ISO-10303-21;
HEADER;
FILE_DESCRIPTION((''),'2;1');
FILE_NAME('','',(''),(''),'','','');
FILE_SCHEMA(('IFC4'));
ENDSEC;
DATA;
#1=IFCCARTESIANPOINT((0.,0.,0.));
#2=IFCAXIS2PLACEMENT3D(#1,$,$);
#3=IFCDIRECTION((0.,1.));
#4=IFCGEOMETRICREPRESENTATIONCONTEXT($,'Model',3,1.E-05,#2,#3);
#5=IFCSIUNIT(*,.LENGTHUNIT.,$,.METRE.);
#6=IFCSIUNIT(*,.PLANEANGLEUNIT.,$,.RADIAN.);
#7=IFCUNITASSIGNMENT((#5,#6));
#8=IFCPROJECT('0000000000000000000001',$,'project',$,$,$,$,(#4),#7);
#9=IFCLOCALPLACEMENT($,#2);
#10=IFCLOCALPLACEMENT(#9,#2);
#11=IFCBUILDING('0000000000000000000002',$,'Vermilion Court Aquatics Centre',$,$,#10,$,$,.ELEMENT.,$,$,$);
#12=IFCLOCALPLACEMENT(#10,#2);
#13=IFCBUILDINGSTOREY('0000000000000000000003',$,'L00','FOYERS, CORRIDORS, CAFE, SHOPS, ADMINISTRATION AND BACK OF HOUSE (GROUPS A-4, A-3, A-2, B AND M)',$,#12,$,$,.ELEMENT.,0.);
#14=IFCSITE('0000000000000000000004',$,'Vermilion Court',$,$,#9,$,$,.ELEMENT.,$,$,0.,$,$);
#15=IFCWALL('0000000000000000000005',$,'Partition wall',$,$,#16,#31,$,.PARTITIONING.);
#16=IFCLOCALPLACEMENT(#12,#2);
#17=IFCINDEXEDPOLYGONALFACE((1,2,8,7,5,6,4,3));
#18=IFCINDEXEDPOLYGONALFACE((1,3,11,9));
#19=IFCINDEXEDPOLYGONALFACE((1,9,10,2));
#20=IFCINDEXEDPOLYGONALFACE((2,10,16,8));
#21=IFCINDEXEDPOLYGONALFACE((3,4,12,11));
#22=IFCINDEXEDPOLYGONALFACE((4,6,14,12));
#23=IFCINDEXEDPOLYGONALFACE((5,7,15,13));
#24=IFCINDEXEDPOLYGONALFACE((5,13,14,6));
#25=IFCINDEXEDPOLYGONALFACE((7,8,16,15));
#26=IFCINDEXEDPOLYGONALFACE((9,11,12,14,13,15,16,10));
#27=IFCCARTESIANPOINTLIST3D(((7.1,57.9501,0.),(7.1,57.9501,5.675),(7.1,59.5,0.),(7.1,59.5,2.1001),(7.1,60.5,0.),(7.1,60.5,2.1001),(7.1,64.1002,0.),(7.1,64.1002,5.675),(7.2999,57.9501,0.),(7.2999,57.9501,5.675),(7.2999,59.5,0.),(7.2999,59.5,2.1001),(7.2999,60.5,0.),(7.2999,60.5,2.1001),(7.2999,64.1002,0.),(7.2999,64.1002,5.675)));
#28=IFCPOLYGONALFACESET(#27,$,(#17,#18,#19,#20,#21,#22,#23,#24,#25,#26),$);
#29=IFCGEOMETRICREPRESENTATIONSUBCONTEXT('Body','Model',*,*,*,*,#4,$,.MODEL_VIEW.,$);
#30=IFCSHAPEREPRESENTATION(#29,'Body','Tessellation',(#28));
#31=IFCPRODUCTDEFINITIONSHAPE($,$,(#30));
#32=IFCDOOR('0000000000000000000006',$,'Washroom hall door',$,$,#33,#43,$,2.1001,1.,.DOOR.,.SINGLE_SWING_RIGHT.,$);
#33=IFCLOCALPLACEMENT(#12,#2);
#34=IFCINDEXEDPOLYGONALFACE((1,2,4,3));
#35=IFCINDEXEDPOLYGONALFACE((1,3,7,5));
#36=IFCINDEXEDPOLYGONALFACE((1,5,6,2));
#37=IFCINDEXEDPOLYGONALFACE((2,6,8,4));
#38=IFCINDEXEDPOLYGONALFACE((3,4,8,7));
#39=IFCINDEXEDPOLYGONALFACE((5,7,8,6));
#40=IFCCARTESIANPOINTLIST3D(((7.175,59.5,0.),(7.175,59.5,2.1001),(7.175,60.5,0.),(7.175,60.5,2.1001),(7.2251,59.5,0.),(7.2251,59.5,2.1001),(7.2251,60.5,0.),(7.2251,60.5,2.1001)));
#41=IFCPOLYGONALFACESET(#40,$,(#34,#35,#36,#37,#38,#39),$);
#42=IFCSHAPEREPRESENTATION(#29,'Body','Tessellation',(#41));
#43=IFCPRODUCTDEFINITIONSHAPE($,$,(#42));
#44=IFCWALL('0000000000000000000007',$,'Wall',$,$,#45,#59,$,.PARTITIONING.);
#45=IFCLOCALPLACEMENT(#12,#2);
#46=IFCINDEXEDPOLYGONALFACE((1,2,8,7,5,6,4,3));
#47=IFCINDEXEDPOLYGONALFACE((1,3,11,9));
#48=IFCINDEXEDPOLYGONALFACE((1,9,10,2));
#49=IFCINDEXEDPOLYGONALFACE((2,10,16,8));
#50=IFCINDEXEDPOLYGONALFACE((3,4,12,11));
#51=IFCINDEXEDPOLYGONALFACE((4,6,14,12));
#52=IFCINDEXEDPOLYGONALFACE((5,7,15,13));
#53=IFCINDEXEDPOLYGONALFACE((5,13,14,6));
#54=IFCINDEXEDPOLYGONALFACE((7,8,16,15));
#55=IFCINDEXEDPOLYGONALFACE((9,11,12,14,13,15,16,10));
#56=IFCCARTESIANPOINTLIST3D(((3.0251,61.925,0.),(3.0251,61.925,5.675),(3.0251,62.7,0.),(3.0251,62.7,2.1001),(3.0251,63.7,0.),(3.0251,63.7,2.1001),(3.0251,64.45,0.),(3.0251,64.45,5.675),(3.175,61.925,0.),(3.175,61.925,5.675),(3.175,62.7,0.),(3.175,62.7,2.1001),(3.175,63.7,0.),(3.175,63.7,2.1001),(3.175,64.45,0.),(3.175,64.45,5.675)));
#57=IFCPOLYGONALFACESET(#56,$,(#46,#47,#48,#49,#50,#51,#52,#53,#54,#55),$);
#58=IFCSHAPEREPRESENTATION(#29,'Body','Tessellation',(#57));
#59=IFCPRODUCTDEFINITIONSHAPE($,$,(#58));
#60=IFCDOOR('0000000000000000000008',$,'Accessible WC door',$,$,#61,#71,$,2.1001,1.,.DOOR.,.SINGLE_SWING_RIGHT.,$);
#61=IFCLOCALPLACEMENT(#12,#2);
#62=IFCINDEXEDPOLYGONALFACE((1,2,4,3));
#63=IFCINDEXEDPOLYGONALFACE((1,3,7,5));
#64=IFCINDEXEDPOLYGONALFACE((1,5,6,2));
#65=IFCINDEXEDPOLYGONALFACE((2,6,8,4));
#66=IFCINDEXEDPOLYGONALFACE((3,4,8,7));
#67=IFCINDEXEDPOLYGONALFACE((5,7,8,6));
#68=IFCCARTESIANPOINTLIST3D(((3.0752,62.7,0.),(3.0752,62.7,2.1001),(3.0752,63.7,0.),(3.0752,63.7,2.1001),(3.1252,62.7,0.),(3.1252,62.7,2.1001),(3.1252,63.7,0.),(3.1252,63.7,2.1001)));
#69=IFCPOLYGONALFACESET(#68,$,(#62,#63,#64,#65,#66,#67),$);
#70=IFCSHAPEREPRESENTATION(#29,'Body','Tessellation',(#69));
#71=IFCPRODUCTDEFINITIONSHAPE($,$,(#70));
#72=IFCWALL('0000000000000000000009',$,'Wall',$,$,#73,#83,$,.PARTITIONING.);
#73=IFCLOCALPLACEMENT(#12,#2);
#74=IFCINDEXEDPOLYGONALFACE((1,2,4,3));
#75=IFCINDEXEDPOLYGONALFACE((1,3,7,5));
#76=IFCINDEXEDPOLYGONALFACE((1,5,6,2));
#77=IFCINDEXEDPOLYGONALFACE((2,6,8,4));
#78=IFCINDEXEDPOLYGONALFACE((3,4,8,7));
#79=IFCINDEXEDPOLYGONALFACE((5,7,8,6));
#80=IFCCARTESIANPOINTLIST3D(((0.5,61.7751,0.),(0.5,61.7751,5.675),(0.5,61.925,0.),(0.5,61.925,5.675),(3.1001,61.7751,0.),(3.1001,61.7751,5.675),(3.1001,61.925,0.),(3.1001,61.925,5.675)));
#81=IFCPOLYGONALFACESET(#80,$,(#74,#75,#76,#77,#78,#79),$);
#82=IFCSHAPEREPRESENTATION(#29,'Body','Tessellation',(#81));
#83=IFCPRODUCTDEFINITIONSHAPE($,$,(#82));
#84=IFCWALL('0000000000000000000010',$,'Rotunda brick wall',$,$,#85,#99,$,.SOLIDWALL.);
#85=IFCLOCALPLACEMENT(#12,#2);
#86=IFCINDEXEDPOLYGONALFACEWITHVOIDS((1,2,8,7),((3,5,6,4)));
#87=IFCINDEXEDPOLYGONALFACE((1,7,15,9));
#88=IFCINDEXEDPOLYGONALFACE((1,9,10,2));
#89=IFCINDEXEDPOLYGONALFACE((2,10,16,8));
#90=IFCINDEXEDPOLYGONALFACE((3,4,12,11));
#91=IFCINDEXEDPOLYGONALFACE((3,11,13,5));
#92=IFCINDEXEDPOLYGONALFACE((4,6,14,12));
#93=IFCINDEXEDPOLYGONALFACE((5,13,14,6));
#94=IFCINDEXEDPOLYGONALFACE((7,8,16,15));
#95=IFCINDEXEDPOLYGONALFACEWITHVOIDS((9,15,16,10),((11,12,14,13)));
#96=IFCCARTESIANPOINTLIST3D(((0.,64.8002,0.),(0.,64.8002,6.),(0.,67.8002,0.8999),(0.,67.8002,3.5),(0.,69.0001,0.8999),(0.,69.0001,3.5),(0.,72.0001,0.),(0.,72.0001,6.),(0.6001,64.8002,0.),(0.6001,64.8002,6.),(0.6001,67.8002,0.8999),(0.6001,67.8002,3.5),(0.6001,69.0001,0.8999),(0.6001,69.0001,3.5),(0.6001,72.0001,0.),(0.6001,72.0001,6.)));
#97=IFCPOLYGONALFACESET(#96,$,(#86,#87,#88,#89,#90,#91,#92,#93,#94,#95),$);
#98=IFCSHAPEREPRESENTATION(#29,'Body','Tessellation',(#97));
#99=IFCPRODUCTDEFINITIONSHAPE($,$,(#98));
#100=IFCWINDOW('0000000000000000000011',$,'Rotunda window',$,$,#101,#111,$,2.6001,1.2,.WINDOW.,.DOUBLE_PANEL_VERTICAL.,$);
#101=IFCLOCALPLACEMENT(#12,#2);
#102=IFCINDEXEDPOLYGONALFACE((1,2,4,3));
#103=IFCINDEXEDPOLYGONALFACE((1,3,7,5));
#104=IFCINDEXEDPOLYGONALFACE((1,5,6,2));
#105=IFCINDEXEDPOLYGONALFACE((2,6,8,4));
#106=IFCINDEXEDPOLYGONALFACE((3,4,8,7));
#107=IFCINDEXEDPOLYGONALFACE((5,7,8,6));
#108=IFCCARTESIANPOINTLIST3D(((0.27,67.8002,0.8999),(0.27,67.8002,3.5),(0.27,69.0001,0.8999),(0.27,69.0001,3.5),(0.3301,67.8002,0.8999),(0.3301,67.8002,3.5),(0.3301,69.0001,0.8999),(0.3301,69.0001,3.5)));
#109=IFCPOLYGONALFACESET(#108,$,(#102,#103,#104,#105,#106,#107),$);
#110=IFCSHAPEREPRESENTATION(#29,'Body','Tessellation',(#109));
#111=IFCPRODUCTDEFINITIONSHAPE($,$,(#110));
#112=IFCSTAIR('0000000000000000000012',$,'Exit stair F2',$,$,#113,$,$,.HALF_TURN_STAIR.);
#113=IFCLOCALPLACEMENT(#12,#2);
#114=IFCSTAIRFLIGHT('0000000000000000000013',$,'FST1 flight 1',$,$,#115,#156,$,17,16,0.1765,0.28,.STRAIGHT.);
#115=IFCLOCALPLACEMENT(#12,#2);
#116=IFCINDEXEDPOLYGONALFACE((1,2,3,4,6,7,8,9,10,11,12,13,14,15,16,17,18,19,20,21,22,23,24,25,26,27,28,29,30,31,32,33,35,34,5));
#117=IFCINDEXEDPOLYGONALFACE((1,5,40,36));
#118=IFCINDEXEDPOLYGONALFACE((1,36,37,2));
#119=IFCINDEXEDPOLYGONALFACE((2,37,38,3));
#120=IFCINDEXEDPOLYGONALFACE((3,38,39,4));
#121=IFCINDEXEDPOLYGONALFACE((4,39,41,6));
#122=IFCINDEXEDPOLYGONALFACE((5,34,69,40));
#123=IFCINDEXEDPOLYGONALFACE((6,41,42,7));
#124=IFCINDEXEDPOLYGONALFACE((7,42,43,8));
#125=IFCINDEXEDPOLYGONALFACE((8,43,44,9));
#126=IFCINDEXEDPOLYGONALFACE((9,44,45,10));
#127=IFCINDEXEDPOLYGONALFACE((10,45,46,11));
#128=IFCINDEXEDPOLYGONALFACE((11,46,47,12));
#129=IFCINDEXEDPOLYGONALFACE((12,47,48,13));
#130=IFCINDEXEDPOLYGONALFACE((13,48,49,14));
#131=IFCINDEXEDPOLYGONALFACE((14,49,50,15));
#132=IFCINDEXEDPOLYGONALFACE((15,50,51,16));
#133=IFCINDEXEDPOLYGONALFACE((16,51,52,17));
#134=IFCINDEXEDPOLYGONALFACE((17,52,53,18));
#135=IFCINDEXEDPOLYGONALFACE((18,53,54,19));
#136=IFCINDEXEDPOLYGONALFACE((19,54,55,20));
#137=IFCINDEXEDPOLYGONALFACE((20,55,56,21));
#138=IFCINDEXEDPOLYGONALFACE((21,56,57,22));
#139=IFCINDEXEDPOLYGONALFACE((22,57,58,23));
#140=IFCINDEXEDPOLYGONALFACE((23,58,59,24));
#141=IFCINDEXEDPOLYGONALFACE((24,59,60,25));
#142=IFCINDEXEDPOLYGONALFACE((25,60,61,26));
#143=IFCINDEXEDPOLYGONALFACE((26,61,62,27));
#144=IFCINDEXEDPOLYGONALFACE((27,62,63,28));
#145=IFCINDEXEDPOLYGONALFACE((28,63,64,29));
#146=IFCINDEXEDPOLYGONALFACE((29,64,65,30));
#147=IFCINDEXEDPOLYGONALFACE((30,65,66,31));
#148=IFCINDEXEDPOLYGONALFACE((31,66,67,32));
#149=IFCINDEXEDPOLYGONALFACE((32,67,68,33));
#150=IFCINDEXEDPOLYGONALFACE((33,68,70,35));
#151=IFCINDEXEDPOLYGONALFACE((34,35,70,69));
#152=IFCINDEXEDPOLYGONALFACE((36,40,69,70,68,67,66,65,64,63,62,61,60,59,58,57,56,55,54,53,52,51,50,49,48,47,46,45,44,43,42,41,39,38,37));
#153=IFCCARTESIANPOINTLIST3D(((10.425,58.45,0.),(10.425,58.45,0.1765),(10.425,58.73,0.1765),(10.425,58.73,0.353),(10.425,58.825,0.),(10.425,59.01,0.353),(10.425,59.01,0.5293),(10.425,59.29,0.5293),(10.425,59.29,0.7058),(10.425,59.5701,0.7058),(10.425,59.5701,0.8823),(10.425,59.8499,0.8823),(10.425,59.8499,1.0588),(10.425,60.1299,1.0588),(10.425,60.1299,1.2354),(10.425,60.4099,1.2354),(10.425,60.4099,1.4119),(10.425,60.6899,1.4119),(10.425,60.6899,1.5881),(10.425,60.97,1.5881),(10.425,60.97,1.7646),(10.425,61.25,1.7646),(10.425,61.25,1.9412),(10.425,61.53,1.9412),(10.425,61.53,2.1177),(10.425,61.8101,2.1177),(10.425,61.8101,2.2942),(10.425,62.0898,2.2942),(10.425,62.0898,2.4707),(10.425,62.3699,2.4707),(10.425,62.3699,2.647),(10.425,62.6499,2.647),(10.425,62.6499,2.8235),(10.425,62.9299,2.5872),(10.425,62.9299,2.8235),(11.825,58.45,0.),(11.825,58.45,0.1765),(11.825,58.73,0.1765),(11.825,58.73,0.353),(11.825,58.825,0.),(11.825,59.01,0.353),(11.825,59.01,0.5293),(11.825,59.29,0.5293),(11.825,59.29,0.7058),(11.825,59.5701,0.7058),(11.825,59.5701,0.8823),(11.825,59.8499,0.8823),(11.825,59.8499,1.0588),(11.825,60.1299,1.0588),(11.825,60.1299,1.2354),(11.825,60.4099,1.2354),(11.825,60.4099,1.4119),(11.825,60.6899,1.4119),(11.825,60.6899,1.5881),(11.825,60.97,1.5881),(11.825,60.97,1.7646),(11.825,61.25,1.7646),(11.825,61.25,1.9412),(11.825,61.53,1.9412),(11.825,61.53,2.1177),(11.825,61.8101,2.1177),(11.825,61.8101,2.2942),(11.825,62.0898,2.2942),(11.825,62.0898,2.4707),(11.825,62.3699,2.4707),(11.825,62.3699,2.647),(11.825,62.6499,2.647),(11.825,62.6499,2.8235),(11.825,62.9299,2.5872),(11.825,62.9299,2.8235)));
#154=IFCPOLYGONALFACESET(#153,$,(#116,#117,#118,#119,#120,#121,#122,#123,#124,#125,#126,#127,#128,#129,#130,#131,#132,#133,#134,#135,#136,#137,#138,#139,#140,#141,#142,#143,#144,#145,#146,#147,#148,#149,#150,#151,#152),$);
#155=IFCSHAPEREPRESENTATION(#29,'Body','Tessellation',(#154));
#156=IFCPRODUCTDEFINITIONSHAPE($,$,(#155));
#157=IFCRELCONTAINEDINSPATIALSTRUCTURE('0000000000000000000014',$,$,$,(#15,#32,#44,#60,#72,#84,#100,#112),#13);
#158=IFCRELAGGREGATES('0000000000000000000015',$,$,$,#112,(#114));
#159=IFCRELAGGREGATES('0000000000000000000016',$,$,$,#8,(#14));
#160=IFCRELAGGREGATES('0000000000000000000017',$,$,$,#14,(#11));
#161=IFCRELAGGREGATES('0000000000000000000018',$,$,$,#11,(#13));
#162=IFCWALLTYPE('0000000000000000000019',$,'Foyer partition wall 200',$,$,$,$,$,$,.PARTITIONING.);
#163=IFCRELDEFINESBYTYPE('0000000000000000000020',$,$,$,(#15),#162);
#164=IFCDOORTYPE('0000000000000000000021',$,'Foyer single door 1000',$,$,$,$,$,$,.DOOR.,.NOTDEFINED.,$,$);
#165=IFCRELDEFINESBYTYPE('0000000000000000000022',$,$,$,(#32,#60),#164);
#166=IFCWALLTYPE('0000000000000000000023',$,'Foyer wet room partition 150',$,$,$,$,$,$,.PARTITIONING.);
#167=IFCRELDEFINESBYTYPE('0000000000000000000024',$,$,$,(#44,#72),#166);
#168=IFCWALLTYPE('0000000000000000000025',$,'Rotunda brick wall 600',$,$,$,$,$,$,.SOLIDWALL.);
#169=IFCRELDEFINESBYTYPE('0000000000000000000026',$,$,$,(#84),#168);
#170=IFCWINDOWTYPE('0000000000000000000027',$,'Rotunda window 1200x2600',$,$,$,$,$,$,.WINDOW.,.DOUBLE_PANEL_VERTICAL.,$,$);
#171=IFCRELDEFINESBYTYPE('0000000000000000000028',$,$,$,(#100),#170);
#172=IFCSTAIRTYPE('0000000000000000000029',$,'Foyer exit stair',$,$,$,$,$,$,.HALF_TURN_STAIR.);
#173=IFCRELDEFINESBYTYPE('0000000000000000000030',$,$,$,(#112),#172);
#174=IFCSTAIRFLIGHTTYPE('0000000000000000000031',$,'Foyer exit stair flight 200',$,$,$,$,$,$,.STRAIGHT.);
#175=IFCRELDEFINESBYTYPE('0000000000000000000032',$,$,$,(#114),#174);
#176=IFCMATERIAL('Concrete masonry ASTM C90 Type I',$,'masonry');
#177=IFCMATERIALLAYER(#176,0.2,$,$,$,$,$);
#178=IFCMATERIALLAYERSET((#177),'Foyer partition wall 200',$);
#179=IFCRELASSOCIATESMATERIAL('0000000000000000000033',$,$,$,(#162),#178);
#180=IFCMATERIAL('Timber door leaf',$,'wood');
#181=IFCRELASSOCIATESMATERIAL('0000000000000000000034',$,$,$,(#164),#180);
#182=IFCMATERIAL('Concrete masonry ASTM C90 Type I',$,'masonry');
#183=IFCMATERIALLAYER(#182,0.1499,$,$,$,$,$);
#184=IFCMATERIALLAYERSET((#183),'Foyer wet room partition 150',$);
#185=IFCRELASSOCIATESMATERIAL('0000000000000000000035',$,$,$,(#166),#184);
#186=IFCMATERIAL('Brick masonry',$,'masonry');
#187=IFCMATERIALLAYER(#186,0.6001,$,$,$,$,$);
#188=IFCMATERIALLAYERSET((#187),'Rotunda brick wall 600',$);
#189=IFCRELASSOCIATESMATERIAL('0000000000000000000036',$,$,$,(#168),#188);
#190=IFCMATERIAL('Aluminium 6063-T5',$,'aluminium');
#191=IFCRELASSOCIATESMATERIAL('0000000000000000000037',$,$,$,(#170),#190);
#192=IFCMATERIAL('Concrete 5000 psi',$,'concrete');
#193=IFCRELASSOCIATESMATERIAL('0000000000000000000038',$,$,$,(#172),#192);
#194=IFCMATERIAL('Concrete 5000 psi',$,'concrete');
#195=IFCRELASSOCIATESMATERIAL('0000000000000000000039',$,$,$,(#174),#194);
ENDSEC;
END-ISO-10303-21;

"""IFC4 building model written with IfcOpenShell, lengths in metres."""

from ifc_helpers import new_model, si_unit, direction, frame, frame_2d, origin, place, context, subcontext, project, spatial, polyline, rectangle, outline, extrude, material, layer, layer_set, type_object, element, fill, aggregate, save


model = new_model("IFC4")

# Units and contexts
model_context = context("Model", 3, precision=1e-05, world=origin(), true_north=direction((0.0, 1.0)))
body_context = subcontext(model_context, "Body", "Model", "MODEL_VIEW")
ifc_project = project(units=[si_unit("LENGTHUNIT", "METRE"), si_unit("PLANEANGLEUNIT", "RADIAN")], contexts=[model_context])

# Site, building, storey
site_placement = place(None, origin())
site = spatial("IfcSite", under=ifc_project, at=site_placement, Name="Vermilion Court", CompositionType="ELEMENT", RefElevation=0.0)
building_placement = place(site_placement, origin())
building = spatial("IfcBuilding", under=site, at=building_placement, Name="Vermilion Court Aquatics Centre", CompositionType="ELEMENT")
storey_placement = place(building_placement, origin())
storey = spatial("IfcBuildingStorey", under=building, at=storey_placement, Name="L00", Description="FOYERS, CORRIDORS, CAFE, SHOPS, ADMINISTRATION AND BACK OF HOUSE (GROUPS A-4, A-3, A-2, B AND M)", CompositionType="ELEMENT", Elevation=0.0)

# Walls, openings, doors
ifc_material_1 = material(Name="Concrete masonry ASTM C90 Type I", Category="masonry")
ifc_layer_1 = layer(ifc_material_1, 0.2)
ifc_layer_set_1 = layer_set([ifc_layer_1], Name="Foyer partition wall 200")
wall_type_1 = type_object("IfcWallType", Name="Foyer partition wall 200", PredefinedType="PARTITIONING", material=ifc_layer_set_1)
ifc_material_2 = material(Name="Timber door leaf", Category="wood")
door_type_1 = type_object("IfcDoorType", Name="Foyer single door 1000", OperationType="NOTDEFINED", PredefinedType="DOOR", material=ifc_material_2)
wall_1_placement = place(storey_placement, frame((7.2, 57.95, 0.0), z_axis=(0.0, 0.0, 1.0), x_axis=(0.0, 1.0, 0.0)))
wall_1 = element("IfcWall", 1, at=wall_1_placement, inside=storey, type_object=wall_type_1, Name="Partition wall", PredefinedType="PARTITIONING", context=body_context, shape_type="SweptSolid", body=[
    extrude(rectangle(XDim=6.1501, YDim=0.2, at=frame_2d((3.0752, 0.0))), origin(), (0.0, 0.0, 1.0), 5.675),
])
opening_1_placement = place(wall_1_placement, frame((1.55, 0.0, 0.0)))
opening_1 = element("IfcOpeningElement", 2, at=opening_1_placement, cuts=wall_1, PredefinedType="OPENING", context=body_context, shape_type="SweptSolid", body=[
    extrude(rectangle(XDim=1.0, YDim=2.1001, at=frame_2d((0.5, 1.05))), frame((0.0, 0.1099, 0.0), z_axis=(0.0, -1.0, 0.0), x_axis=(1.0, 0.0, 0.0)), (0.0, 0.0, 1.0), 0.22),
])
door_1_placement = place(opening_1_placement, origin())
door_1 = element("IfcDoor", 3, at=door_1_placement, inside=storey, type_object=door_type_1, Name="Washroom hall door", OperationType="SINGLE_SWING_RIGHT", OverallHeight=2.1001, OverallWidth=1.0, PredefinedType="DOOR", context=body_context, shape_type="SweptSolid", body=[
    extrude(rectangle(XDim=1.0, YDim=2.1001, at=frame_2d((0.5, 1.05))), frame((0.0, 0.0249, 0.0), z_axis=(0.0, -1.0, 0.0), x_axis=(1.0, 0.0, 0.0)), (0.0, 0.0, 1.0), 0.05),
])
fill(opening_1, door_1)
ifc_material_3 = material(Name="Concrete masonry ASTM C90 Type I", Category="masonry")
ifc_layer_2 = layer(ifc_material_3, 0.1499)
ifc_layer_set_2 = layer_set([ifc_layer_2], Name="Foyer wet room partition 150")
wall_type_2 = type_object("IfcWallType", Name="Foyer wet room partition 150", PredefinedType="PARTITIONING", material=ifc_layer_set_2)
wall_2_placement = place(storey_placement, frame((3.1001, 61.925, 0.0), z_axis=(0.0, 0.0, 1.0), x_axis=(0.0, 1.0, 0.0)))
wall_2 = element("IfcWall", 4, at=wall_2_placement, inside=storey, type_object=wall_type_2, Name="Wall", PredefinedType="PARTITIONING", context=body_context, shape_type="SweptSolid", body=[
    extrude(rectangle(XDim=2.5249, YDim=0.1499, at=frame_2d((1.2625, 0.0))), origin(), (0.0, 0.0, 1.0), 5.675),
])
opening_2_placement = place(wall_2_placement, frame((0.7749, 0.0, 0.0)))
opening_2 = element("IfcOpeningElement", 5, at=opening_2_placement, cuts=wall_2, PredefinedType="OPENING", context=body_context, shape_type="SweptSolid", body=[
    extrude(rectangle(XDim=1.0, YDim=2.1001, at=frame_2d((0.5, 1.05))), frame((0.0, 0.085, 0.0), z_axis=(0.0, -1.0, 0.0), x_axis=(1.0, 0.0, 0.0)), (0.0, 0.0, 1.0), 0.1699),
])
door_2_placement = place(opening_2_placement, origin())
door_2 = element("IfcDoor", 6, at=door_2_placement, inside=storey, type_object=door_type_1, Name="Accessible WC door", OperationType="SINGLE_SWING_RIGHT", OverallHeight=2.1001, OverallWidth=1.0, PredefinedType="DOOR", context=body_context, shape_type="SweptSolid", body=[
    extrude(rectangle(XDim=1.0, YDim=2.1001, at=frame_2d((0.5, 1.05))), frame((0.0, 0.0249, 0.0), z_axis=(0.0, -1.0, 0.0), x_axis=(1.0, 0.0, 0.0)), (0.0, 0.0, 1.0), 0.05),
])
fill(opening_2, door_2)

# Wall
wall_3_placement = place(storey_placement, frame((0.5, 61.8501, 0.0), z_axis=(0.0, 0.0, 1.0), x_axis=(1.0, 0.0, 0.0)))
element("IfcWall", 7, at=wall_3_placement, inside=storey, type_object=wall_type_2, Name="Wall", PredefinedType="PARTITIONING", context=body_context, shape_type="SweptSolid", body=[
    extrude(rectangle(XDim=2.6001, YDim=0.1499, at=frame_2d((1.3, 0.0))), origin(), (0.0, 0.0, 1.0), 5.675),
])

# Wall, opening, window
ifc_material_4 = material(Name="Brick masonry", Category="masonry")
ifc_layer_3 = layer(ifc_material_4, 0.6001)
ifc_layer_set_3 = layer_set([ifc_layer_3], Name="Rotunda brick wall 600")
wall_type_3 = type_object("IfcWallType", Name="Rotunda brick wall 600", PredefinedType="SOLIDWALL", material=ifc_layer_set_3)
wall_4_placement = place(storey_placement, frame((0.3, 64.8, 0.0), z_axis=(0.0, 0.0, 1.0), x_axis=(0.0, 1.0, 0.0)))
wall_4 = element("IfcWall", 8, at=wall_4_placement, inside=storey, type_object=wall_type_3, Name="Rotunda brick wall", PredefinedType="SOLIDWALL", context=body_context, shape_type="SweptSolid", body=[
    extrude(rectangle(XDim=7.2, YDim=0.6001, at=frame_2d((3.6001, 0.0))), origin(), (0.0, 0.0, 1.0), 6.0),
])
opening_3_placement = place(wall_4_placement, frame((3.0, 0.0, 0.8999)))
opening_3 = element("IfcOpeningElement", 9, at=opening_3_placement, cuts=wall_4, PredefinedType="OPENING", context=body_context, shape_type="SweptSolid", body=[
    extrude(rectangle(XDim=1.2, YDim=2.6001, at=frame_2d((0.6001, 1.3))), frame((0.0, 0.3101, 0.0), z_axis=(0.0, -1.0, 0.0), x_axis=(1.0, 0.0, 0.0)), (0.0, 0.0, 1.0), 0.6201),
])
ifc_material_5 = material(Name="Aluminium 6063-T5", Category="aluminium")
window_type = type_object("IfcWindowType", Name="Rotunda window 1200x2600", PartitioningType="DOUBLE_PANEL_VERTICAL", PredefinedType="WINDOW", material=ifc_material_5)
window_placement = place(opening_3_placement, origin())
window = element("IfcWindow", 10, at=window_placement, inside=storey, type_object=window_type, Name="Rotunda window", OverallHeight=2.6001, OverallWidth=1.2, PartitioningType="DOUBLE_PANEL_VERTICAL", PredefinedType="WINDOW", context=body_context, shape_type="SweptSolid", body=[
    extrude(rectangle(XDim=1.2, YDim=2.6001, at=frame_2d((0.6001, 1.3))), frame((0.0, 0.03, 0.0), z_axis=(0.0, -1.0, 0.0), x_axis=(1.0, 0.0, 0.0)), (0.0, 0.0, 1.0), 0.0601),
])
fill(opening_3, window)

# Stair, stair flight
ifc_material_6 = material(Name="Concrete 5000 psi", Category="concrete")
stair_type = type_object("IfcStairType", Name="Foyer exit stair", PredefinedType="HALF_TURN_STAIR", material=ifc_material_6)
stair_placement = place(storey_placement, origin())
stair = element("IfcStair", 11, at=stair_placement, inside=storey, type_object=stair_type, Name="Exit stair F2", PredefinedType="HALF_TURN_STAIR")
ifc_material_7 = material(Name="Concrete 5000 psi", Category="concrete")
stair_flight_type = type_object("IfcStairFlightType", Name="Foyer exit stair flight 200", PredefinedType="STRAIGHT", material=ifc_material_7)
stair_flight_1_placement = place(storey_placement, frame((11.125, 58.45, 0.0), z_axis=(0.0, 0.0, 1.0), x_axis=(0.0, 1.0, 0.0)))
stair_flight_1 = element("IfcStairFlight", 12, at=stair_flight_1_placement, type_object=stair_flight_type, Name="FST1 flight 1", NumberOfRisers=17, NumberOfTreads=16, PredefinedType="STRAIGHT", RiserHeight=0.1765, TreadLength=0.28, context=body_context, shape_type="SweptSolid", body=[
    extrude(outline(polyline([(0.0, 0.0), (0.0, 0.1765), (0.28, 0.1765), (0.28, 0.353), (0.5601, 0.353), (0.5601, 0.5293), (0.8401, 0.5293), (0.8401, 0.7058), (1.1201, 0.7058), (1.1201, 0.8823), (1.3999, 0.8823), (1.3999, 1.0588), (1.6799, 1.0588), (1.6799, 1.2354), (1.96, 1.2354), (1.96, 1.4119), (2.24, 1.4119), (2.24, 1.5881), (2.52, 1.5881), (2.52, 1.7646), (2.8, 1.7646), (2.8, 1.9412), (3.0801, 1.9412), (3.0801, 2.1177), (3.3601, 2.1177), (3.3601, 2.2942), (3.6399, 2.2942), (3.6399, 2.4707), (3.9199, 2.4707), (3.9199, 2.647), (4.2, 2.647), (4.2, 2.8235), (4.48, 2.8235), (4.48, 3.0), (4.48, 2.5872), (0.375, 0.0), (0.0, 0.0)])), frame((0.0, 0.7, 0.0), z_axis=(0.0, -1.0, 0.0), x_axis=(1.0, 0.0, 0.0)), (0.0, 0.0, 1.0), 1.3999),
])
aggregate(stair, [stair_flight_1])

save(model, "model.ifc")
